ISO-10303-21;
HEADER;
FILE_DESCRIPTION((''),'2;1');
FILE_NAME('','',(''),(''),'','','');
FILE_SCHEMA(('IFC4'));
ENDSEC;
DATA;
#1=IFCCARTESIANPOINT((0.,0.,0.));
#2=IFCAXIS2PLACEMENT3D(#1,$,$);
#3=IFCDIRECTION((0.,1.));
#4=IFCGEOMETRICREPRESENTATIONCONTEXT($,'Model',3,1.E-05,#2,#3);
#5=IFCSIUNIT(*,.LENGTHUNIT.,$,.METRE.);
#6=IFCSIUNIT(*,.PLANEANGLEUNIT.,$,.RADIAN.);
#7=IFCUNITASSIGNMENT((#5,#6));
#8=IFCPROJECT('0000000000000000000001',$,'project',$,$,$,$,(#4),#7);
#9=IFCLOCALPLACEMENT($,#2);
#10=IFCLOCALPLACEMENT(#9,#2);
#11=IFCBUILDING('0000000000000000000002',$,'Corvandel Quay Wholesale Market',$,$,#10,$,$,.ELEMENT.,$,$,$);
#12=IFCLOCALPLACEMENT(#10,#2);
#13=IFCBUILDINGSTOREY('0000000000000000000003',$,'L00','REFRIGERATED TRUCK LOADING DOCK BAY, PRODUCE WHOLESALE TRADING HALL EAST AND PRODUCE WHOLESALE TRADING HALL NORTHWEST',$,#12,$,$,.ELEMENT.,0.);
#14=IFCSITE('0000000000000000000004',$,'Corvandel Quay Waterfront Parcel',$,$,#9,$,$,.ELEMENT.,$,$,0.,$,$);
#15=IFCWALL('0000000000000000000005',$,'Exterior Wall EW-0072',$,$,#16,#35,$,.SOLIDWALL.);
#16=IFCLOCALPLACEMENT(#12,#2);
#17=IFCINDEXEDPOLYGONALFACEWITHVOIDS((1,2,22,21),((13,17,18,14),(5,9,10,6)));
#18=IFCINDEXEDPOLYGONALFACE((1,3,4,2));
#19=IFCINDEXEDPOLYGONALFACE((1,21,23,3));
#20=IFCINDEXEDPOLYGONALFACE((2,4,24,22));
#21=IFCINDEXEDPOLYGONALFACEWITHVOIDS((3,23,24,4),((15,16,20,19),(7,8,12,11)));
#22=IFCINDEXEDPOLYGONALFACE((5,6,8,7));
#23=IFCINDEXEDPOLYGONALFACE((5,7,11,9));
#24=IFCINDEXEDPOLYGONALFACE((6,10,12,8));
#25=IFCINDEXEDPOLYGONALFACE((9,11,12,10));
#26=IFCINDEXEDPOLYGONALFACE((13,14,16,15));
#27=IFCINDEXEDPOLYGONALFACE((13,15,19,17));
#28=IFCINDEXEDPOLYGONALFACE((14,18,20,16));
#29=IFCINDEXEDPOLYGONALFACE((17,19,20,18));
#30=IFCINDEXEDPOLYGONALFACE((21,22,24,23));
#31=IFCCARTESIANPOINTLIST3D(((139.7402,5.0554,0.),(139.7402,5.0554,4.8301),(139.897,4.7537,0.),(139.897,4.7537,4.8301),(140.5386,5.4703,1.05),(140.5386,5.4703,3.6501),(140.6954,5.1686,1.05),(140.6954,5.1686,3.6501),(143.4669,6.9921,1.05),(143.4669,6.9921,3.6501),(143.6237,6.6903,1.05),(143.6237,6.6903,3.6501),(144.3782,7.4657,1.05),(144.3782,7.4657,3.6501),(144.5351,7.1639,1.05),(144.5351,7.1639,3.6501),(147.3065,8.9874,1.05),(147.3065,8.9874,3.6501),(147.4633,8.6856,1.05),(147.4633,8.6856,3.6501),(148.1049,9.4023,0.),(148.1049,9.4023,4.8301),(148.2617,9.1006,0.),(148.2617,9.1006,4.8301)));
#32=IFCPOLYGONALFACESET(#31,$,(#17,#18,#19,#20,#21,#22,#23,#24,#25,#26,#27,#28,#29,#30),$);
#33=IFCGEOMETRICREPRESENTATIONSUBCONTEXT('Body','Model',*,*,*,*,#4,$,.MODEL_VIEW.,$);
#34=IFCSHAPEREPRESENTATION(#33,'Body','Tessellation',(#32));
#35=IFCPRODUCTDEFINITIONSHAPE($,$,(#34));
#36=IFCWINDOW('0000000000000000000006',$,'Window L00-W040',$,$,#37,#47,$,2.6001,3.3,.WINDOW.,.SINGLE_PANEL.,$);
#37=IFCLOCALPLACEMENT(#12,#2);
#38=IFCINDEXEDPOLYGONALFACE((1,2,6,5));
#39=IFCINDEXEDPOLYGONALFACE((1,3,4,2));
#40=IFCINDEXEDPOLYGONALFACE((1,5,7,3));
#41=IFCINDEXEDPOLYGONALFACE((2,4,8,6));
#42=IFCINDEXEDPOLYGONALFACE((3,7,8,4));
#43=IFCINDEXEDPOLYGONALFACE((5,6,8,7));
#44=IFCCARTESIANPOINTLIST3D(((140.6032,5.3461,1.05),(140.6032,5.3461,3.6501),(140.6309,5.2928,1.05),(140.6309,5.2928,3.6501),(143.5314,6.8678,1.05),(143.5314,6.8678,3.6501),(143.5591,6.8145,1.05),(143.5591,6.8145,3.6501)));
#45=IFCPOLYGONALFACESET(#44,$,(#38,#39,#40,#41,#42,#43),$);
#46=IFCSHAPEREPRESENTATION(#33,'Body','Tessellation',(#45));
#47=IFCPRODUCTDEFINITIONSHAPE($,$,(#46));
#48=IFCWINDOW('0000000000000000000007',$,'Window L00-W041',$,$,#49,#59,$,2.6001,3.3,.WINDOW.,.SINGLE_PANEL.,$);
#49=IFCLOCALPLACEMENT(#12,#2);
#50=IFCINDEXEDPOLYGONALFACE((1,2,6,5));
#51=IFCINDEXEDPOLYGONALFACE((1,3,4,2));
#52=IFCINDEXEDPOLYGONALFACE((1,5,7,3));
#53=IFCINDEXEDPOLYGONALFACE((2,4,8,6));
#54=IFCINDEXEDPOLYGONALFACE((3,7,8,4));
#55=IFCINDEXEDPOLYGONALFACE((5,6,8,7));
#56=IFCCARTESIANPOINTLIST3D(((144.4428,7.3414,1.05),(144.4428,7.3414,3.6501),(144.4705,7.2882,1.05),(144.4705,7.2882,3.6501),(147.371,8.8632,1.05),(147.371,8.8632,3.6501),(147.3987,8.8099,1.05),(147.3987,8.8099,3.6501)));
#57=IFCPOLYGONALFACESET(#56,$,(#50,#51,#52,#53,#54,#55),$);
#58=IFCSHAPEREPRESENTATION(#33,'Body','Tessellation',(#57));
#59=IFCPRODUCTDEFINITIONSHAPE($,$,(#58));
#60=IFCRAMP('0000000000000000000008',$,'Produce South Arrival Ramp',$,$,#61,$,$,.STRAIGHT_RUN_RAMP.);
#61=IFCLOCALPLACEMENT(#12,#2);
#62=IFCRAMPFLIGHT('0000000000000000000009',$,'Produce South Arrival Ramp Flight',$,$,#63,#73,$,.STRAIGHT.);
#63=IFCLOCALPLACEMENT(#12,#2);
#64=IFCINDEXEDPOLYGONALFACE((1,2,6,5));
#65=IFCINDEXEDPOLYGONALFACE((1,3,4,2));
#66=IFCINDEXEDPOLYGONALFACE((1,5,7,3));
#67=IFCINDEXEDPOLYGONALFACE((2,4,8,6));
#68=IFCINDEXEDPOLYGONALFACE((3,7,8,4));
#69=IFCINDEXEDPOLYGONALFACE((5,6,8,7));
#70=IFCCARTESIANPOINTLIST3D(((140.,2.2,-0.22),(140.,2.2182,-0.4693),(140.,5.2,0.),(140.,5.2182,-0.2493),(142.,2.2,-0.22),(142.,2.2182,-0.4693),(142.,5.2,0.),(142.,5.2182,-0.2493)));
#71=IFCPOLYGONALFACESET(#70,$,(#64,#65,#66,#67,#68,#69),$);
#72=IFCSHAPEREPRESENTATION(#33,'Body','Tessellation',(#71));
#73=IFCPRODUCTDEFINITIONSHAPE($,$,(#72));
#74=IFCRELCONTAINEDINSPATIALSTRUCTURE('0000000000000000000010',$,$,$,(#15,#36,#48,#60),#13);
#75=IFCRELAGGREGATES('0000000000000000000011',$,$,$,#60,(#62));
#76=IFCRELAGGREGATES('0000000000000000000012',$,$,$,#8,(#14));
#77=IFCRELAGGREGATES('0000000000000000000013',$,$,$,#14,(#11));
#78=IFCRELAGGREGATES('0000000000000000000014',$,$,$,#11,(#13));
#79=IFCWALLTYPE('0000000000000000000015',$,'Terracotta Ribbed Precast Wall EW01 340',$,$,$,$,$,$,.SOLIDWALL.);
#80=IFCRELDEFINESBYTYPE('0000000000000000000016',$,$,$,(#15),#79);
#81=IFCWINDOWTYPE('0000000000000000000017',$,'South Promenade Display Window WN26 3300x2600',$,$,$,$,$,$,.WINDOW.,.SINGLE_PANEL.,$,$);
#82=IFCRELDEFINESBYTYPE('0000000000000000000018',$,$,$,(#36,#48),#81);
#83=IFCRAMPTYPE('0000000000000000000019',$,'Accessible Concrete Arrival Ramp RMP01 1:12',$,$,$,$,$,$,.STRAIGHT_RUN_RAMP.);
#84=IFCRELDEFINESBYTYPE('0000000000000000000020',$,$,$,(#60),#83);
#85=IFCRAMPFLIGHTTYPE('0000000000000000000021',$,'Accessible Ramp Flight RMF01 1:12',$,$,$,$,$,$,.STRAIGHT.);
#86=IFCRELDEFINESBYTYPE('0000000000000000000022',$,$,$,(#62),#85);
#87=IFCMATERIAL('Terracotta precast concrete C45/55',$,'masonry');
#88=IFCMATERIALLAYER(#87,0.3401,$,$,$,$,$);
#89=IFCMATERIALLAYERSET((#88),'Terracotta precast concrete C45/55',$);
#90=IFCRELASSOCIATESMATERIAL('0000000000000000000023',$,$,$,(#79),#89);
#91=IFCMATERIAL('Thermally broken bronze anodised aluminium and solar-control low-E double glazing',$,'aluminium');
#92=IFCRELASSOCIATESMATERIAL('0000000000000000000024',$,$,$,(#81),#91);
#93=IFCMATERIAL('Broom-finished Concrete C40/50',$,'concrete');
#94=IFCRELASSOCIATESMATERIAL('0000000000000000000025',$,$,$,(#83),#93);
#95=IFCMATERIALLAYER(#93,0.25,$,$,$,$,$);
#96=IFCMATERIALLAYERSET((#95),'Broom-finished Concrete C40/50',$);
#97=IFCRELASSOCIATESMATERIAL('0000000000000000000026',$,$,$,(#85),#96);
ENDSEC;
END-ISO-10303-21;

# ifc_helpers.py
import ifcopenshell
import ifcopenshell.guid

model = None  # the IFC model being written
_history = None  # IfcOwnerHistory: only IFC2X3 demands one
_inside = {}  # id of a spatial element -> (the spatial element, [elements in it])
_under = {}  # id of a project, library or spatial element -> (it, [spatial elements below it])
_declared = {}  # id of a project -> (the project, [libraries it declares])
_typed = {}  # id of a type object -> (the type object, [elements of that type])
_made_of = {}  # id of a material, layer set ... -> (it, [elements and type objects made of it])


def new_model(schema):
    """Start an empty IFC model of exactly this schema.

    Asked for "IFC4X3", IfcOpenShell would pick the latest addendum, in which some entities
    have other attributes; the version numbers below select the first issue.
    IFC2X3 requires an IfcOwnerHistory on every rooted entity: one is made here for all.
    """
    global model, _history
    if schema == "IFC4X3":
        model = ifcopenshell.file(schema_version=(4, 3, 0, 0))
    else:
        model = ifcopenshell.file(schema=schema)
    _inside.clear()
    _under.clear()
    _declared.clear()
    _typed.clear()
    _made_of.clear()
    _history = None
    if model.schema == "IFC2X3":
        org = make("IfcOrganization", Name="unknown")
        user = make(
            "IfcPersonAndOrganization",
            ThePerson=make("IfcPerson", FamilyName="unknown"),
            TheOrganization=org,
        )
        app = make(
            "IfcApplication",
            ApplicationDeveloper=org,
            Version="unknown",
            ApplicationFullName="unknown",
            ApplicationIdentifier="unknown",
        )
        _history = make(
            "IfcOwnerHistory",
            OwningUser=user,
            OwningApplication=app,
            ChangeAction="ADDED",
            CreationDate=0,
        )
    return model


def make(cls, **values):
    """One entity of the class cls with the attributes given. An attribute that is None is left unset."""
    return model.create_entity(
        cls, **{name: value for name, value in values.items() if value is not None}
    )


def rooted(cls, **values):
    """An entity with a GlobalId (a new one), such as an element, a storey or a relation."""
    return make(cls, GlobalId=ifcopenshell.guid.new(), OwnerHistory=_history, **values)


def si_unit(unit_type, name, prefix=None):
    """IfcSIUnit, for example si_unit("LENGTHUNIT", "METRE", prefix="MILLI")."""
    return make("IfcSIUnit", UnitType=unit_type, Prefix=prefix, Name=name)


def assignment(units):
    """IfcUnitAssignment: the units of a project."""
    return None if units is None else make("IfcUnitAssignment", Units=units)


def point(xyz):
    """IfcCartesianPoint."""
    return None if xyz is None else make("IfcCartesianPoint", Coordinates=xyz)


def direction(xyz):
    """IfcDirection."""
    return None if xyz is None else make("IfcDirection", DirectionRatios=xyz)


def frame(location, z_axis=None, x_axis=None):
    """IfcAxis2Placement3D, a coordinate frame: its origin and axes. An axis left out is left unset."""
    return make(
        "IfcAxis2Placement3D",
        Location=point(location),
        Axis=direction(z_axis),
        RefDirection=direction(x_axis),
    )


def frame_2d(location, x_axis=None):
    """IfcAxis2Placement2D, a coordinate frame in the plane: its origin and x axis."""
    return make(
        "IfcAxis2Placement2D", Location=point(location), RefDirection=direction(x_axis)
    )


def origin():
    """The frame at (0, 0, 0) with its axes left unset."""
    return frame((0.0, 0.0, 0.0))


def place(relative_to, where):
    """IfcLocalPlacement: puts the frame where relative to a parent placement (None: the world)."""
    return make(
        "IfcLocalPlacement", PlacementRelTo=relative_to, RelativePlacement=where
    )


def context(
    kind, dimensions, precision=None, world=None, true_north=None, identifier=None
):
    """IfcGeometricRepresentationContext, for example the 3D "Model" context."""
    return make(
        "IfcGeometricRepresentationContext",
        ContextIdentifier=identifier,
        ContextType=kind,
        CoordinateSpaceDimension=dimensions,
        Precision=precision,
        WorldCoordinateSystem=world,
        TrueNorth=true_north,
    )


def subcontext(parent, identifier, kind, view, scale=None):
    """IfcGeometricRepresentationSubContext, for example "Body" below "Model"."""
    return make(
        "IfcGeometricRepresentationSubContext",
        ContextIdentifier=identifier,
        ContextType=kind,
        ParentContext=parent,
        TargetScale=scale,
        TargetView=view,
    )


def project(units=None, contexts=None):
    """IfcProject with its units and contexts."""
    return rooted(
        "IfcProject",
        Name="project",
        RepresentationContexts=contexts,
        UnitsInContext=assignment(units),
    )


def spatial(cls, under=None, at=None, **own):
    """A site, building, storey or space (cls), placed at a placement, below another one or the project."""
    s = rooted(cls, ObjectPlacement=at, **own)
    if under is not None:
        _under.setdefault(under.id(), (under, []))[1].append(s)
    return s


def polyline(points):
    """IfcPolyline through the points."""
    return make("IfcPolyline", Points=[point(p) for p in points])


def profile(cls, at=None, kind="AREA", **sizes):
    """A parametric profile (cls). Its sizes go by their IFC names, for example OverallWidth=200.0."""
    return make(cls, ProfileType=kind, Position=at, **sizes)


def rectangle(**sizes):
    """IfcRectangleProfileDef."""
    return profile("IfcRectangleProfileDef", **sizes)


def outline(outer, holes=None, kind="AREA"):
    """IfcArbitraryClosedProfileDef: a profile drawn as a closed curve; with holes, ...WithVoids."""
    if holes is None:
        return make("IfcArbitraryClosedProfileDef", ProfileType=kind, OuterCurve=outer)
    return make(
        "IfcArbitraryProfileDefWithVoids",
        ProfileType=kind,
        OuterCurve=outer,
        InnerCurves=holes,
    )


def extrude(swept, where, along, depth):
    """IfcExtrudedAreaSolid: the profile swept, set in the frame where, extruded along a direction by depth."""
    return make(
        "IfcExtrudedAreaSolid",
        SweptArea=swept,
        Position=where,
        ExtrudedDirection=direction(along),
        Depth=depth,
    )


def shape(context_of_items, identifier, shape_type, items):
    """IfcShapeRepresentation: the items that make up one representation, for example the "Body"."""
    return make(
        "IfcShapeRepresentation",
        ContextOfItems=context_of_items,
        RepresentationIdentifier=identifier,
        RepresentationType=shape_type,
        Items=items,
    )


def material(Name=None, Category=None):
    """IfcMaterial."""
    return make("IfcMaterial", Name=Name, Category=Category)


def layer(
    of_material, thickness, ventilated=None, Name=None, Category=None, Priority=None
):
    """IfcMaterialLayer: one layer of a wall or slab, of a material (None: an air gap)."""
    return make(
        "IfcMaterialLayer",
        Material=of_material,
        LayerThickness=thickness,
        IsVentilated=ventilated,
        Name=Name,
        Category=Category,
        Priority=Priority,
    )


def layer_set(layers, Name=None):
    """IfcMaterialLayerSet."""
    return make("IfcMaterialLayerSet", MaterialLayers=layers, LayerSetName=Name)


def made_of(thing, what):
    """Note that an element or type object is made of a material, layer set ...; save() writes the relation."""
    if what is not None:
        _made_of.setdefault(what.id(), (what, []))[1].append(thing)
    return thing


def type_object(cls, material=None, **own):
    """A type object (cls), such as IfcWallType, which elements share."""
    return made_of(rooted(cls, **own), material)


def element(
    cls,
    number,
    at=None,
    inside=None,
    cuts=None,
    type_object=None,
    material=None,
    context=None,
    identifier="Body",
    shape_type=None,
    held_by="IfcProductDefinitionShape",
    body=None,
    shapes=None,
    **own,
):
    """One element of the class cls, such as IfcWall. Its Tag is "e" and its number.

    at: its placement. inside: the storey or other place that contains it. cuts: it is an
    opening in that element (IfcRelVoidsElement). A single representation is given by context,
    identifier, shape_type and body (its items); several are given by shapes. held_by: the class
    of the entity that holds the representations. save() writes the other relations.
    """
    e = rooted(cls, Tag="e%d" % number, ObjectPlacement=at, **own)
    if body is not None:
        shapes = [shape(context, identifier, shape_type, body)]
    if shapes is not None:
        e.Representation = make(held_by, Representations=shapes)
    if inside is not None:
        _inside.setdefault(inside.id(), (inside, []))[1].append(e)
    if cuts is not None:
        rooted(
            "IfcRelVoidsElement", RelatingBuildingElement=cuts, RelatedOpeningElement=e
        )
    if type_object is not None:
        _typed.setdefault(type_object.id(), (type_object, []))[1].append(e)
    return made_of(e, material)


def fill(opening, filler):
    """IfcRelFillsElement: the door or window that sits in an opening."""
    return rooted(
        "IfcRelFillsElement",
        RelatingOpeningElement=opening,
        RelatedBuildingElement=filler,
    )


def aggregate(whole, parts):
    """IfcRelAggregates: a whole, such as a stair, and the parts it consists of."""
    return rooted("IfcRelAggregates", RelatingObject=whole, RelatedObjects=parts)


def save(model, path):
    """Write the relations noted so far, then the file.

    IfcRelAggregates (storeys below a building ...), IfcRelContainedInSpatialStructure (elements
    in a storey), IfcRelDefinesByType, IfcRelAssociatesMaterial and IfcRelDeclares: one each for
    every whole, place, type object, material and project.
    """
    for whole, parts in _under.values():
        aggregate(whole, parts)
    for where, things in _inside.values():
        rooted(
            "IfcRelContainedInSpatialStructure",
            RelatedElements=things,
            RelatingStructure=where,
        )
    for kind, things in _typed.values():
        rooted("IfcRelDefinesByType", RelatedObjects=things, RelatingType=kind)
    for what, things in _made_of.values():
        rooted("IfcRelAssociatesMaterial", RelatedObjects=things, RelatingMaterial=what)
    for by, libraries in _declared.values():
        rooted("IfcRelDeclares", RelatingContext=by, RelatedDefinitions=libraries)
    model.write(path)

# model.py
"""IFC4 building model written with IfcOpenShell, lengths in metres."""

from ifc_helpers import new_model, si_unit, direction, frame, frame_2d, origin, place, context, subcontext, project, spatial, polyline, rectangle, outline, extrude, material, layer, layer_set, type_object, element, fill, aggregate, save


model = new_model("IFC4")

# Units and contexts
model_context = context("Model", 3, precision=1e-05, world=origin(), true_north=direction((0.0, 1.0)))
body_context = subcontext(model_context, "Body", "Model", "MODEL_VIEW")
ifc_project = project(units=[si_unit("LENGTHUNIT", "METRE"), si_unit("PLANEANGLEUNIT", "RADIAN")], contexts=[model_context])

# Site, building, storey
site_placement = place(None, origin())
site = spatial("IfcSite", under=ifc_project, at=site_placement, Name="Corvandel Quay Waterfront Parcel", CompositionType="ELEMENT", RefElevation=0.0)
building_placement = place(site_placement, origin())
building = spatial("IfcBuilding", under=site, at=building_placement, Name="Corvandel Quay Wholesale Market", CompositionType="ELEMENT")
storey_placement = place(building_placement, origin())
storey = spatial("IfcBuildingStorey", under=building, at=storey_placement, Name="L00", Description="REFRIGERATED TRUCK LOADING DOCK BAY, PRODUCE WHOLESALE TRADING HALL EAST AND PRODUCE WHOLESALE TRADING HALL NORTHWEST", CompositionType="ELEMENT", Elevation=0.0)

# Wall, openings, windows
ifc_material_1 = material(Name="Terracotta precast concrete C45/55", Category="masonry")
ifc_layer_1 = layer(ifc_material_1, 0.3401)
ifc_layer_set_1 = layer_set([ifc_layer_1], Name="Terracotta precast concrete C45/55")
wall_type_1 = type_object("IfcWallType", Name="Terracotta Ribbed Precast Wall EW01 340", PredefinedType="SOLIDWALL", material=ifc_layer_set_1)
wall_1_placement = place(storey_placement, frame((139.8186, 4.9045, 0.0), z_axis=(0.0, 0.0, 1.0), x_axis=(0.887336, 0.461124, 0.0)))
wall_1 = element("IfcWall", 1, at=wall_1_placement, inside=storey, type_object=wall_type_1, Name="Exterior Wall EW-0072", PredefinedType="SOLIDWALL", context=body_context, shape_type="SweptSolid", body=[
    extrude(rectangle(XDim=9.4268, YDim=0.3401, at=frame_2d((4.7134, 0.0))), origin(), (0.0, 0.0, 1.0), 4.8301),
])
opening_1_placement = place(wall_1_placement, frame((0.8999, 0.0, 1.05)))
opening_1 = element("IfcOpeningElement", 2, at=opening_1_placement, cuts=wall_1, PredefinedType="OPENING", context=body_context, shape_type="SweptSolid", body=[
    extrude(rectangle(XDim=3.3, YDim=2.6001, at=frame_2d((1.6499, 1.3))), frame((0.0, 0.1799, 0.0), z_axis=(0.0, -1.0, 0.0), x_axis=(1.0, 0.0, 0.0)), (0.0, 0.0, 1.0), 0.3601),
])
opening_2_placement = place(wall_1_placement, frame((5.2271, 0.0, 1.05)))
opening_2 = element("IfcOpeningElement", 3, at=opening_2_placement, cuts=wall_1, PredefinedType="OPENING", context=body_context, shape_type="SweptSolid", body=[
    extrude(rectangle(XDim=3.3, YDim=2.6001, at=frame_2d((1.6499, 1.3))), frame((0.0, 0.1799, 0.0), z_axis=(0.0, -1.0, 0.0), x_axis=(1.0, 0.0, 0.0)), (0.0, 0.0, 1.0), 0.3601),
])
ifc_material_2 = material(Name="Thermally broken bronze anodised aluminium and solar-control low-E double glazing", Category="aluminium")
window_type = type_object("IfcWindowType", Name="South Promenade Display Window WN26 3300x2600", PartitioningType="SINGLE_PANEL", PredefinedType="WINDOW", material=ifc_material_2)
window_1_placement = place(opening_1_placement, origin())
window_1 = element("IfcWindow", 4, at=window_1_placement, inside=storey, type_object=window_type, Name="Window L00-W040", OverallHeight=2.6001, OverallWidth=3.3, PartitioningType="SINGLE_PANEL", PredefinedType="WINDOW", context=body_context, shape_type="SweptSolid", body=[
    extrude(rectangle(XDim=3.3, YDim=2.6001, at=frame_2d((1.6499, 1.3))), frame((0.0, 0.03, 0.0), z_axis=(0.0, -1.0, 0.0), x_axis=(1.0, 0.0, 0.0)), (0.0, 0.0, 1.0), 0.0601),
])
fill(opening_1, window_1)
window_2_placement = place(opening_2_placement, origin())
window_2 = element("IfcWindow", 5, at=window_2_placement, inside=storey, type_object=window_type, Name="Window L00-W041", OverallHeight=2.6001, OverallWidth=3.3, PartitioningType="SINGLE_PANEL", PredefinedType="WINDOW", context=body_context, shape_type="SweptSolid", body=[
    extrude(rectangle(XDim=3.3, YDim=2.6001, at=frame_2d((1.6499, 1.3))), frame((0.0, 0.03, 0.0), z_axis=(0.0, -1.0, 0.0), x_axis=(1.0, 0.0, 0.0)), (0.0, 0.0, 1.0), 0.0601),
])
fill(opening_2, window_2)

# Ramp, ramp flight
ifc_material_3 = material(Name="Broom-finished Concrete C40/50", Category="concrete")
ramp_type = type_object("IfcRampType", Name="Accessible Concrete Arrival Ramp RMP01 1:12", PredefinedType="STRAIGHT_RUN_RAMP", material=ifc_material_3)
ramp_placement = place(storey_placement, origin())
ramp = element("IfcRamp", 6, at=ramp_placement, inside=storey, type_object=ramp_type, Name="Produce South Arrival Ramp", PredefinedType="STRAIGHT_RUN_RAMP")
ifc_layer_2 = layer(ifc_material_3, 0.25)
ifc_layer_set_2 = layer_set([ifc_layer_2], Name="Broom-finished Concrete C40/50")
ramp_flight_type = type_object("IfcRampFlightType", Name="Accessible Ramp Flight RMF01 1:12", PredefinedType="STRAIGHT", material=ifc_layer_set_2)
ramp_flight_placement = place(storey_placement, frame((142.0, 2.2, -0.22), z_axis=(0.0, -0.073127, 0.997323), x_axis=(-1.0, 0.0, 0.0)))
ramp_flight = element("IfcRampFlight", 7, at=ramp_flight_placement, type_object=ramp_flight_type, Name="Produce South Arrival Ramp Flight", PredefinedType="STRAIGHT", context=body_context, shape_type="SweptSolid", body=[
    extrude(outline(polyline([(0.0, 0.0), (2.0, 0.0), (2.0, -3.0081), (0.0, -3.0081), (0.0, 0.0)])), origin(), (0.0, 0.0, -1.0), 0.25),
])
aggregate(ramp, [ramp_flight])

save(model, "model.ifc")
